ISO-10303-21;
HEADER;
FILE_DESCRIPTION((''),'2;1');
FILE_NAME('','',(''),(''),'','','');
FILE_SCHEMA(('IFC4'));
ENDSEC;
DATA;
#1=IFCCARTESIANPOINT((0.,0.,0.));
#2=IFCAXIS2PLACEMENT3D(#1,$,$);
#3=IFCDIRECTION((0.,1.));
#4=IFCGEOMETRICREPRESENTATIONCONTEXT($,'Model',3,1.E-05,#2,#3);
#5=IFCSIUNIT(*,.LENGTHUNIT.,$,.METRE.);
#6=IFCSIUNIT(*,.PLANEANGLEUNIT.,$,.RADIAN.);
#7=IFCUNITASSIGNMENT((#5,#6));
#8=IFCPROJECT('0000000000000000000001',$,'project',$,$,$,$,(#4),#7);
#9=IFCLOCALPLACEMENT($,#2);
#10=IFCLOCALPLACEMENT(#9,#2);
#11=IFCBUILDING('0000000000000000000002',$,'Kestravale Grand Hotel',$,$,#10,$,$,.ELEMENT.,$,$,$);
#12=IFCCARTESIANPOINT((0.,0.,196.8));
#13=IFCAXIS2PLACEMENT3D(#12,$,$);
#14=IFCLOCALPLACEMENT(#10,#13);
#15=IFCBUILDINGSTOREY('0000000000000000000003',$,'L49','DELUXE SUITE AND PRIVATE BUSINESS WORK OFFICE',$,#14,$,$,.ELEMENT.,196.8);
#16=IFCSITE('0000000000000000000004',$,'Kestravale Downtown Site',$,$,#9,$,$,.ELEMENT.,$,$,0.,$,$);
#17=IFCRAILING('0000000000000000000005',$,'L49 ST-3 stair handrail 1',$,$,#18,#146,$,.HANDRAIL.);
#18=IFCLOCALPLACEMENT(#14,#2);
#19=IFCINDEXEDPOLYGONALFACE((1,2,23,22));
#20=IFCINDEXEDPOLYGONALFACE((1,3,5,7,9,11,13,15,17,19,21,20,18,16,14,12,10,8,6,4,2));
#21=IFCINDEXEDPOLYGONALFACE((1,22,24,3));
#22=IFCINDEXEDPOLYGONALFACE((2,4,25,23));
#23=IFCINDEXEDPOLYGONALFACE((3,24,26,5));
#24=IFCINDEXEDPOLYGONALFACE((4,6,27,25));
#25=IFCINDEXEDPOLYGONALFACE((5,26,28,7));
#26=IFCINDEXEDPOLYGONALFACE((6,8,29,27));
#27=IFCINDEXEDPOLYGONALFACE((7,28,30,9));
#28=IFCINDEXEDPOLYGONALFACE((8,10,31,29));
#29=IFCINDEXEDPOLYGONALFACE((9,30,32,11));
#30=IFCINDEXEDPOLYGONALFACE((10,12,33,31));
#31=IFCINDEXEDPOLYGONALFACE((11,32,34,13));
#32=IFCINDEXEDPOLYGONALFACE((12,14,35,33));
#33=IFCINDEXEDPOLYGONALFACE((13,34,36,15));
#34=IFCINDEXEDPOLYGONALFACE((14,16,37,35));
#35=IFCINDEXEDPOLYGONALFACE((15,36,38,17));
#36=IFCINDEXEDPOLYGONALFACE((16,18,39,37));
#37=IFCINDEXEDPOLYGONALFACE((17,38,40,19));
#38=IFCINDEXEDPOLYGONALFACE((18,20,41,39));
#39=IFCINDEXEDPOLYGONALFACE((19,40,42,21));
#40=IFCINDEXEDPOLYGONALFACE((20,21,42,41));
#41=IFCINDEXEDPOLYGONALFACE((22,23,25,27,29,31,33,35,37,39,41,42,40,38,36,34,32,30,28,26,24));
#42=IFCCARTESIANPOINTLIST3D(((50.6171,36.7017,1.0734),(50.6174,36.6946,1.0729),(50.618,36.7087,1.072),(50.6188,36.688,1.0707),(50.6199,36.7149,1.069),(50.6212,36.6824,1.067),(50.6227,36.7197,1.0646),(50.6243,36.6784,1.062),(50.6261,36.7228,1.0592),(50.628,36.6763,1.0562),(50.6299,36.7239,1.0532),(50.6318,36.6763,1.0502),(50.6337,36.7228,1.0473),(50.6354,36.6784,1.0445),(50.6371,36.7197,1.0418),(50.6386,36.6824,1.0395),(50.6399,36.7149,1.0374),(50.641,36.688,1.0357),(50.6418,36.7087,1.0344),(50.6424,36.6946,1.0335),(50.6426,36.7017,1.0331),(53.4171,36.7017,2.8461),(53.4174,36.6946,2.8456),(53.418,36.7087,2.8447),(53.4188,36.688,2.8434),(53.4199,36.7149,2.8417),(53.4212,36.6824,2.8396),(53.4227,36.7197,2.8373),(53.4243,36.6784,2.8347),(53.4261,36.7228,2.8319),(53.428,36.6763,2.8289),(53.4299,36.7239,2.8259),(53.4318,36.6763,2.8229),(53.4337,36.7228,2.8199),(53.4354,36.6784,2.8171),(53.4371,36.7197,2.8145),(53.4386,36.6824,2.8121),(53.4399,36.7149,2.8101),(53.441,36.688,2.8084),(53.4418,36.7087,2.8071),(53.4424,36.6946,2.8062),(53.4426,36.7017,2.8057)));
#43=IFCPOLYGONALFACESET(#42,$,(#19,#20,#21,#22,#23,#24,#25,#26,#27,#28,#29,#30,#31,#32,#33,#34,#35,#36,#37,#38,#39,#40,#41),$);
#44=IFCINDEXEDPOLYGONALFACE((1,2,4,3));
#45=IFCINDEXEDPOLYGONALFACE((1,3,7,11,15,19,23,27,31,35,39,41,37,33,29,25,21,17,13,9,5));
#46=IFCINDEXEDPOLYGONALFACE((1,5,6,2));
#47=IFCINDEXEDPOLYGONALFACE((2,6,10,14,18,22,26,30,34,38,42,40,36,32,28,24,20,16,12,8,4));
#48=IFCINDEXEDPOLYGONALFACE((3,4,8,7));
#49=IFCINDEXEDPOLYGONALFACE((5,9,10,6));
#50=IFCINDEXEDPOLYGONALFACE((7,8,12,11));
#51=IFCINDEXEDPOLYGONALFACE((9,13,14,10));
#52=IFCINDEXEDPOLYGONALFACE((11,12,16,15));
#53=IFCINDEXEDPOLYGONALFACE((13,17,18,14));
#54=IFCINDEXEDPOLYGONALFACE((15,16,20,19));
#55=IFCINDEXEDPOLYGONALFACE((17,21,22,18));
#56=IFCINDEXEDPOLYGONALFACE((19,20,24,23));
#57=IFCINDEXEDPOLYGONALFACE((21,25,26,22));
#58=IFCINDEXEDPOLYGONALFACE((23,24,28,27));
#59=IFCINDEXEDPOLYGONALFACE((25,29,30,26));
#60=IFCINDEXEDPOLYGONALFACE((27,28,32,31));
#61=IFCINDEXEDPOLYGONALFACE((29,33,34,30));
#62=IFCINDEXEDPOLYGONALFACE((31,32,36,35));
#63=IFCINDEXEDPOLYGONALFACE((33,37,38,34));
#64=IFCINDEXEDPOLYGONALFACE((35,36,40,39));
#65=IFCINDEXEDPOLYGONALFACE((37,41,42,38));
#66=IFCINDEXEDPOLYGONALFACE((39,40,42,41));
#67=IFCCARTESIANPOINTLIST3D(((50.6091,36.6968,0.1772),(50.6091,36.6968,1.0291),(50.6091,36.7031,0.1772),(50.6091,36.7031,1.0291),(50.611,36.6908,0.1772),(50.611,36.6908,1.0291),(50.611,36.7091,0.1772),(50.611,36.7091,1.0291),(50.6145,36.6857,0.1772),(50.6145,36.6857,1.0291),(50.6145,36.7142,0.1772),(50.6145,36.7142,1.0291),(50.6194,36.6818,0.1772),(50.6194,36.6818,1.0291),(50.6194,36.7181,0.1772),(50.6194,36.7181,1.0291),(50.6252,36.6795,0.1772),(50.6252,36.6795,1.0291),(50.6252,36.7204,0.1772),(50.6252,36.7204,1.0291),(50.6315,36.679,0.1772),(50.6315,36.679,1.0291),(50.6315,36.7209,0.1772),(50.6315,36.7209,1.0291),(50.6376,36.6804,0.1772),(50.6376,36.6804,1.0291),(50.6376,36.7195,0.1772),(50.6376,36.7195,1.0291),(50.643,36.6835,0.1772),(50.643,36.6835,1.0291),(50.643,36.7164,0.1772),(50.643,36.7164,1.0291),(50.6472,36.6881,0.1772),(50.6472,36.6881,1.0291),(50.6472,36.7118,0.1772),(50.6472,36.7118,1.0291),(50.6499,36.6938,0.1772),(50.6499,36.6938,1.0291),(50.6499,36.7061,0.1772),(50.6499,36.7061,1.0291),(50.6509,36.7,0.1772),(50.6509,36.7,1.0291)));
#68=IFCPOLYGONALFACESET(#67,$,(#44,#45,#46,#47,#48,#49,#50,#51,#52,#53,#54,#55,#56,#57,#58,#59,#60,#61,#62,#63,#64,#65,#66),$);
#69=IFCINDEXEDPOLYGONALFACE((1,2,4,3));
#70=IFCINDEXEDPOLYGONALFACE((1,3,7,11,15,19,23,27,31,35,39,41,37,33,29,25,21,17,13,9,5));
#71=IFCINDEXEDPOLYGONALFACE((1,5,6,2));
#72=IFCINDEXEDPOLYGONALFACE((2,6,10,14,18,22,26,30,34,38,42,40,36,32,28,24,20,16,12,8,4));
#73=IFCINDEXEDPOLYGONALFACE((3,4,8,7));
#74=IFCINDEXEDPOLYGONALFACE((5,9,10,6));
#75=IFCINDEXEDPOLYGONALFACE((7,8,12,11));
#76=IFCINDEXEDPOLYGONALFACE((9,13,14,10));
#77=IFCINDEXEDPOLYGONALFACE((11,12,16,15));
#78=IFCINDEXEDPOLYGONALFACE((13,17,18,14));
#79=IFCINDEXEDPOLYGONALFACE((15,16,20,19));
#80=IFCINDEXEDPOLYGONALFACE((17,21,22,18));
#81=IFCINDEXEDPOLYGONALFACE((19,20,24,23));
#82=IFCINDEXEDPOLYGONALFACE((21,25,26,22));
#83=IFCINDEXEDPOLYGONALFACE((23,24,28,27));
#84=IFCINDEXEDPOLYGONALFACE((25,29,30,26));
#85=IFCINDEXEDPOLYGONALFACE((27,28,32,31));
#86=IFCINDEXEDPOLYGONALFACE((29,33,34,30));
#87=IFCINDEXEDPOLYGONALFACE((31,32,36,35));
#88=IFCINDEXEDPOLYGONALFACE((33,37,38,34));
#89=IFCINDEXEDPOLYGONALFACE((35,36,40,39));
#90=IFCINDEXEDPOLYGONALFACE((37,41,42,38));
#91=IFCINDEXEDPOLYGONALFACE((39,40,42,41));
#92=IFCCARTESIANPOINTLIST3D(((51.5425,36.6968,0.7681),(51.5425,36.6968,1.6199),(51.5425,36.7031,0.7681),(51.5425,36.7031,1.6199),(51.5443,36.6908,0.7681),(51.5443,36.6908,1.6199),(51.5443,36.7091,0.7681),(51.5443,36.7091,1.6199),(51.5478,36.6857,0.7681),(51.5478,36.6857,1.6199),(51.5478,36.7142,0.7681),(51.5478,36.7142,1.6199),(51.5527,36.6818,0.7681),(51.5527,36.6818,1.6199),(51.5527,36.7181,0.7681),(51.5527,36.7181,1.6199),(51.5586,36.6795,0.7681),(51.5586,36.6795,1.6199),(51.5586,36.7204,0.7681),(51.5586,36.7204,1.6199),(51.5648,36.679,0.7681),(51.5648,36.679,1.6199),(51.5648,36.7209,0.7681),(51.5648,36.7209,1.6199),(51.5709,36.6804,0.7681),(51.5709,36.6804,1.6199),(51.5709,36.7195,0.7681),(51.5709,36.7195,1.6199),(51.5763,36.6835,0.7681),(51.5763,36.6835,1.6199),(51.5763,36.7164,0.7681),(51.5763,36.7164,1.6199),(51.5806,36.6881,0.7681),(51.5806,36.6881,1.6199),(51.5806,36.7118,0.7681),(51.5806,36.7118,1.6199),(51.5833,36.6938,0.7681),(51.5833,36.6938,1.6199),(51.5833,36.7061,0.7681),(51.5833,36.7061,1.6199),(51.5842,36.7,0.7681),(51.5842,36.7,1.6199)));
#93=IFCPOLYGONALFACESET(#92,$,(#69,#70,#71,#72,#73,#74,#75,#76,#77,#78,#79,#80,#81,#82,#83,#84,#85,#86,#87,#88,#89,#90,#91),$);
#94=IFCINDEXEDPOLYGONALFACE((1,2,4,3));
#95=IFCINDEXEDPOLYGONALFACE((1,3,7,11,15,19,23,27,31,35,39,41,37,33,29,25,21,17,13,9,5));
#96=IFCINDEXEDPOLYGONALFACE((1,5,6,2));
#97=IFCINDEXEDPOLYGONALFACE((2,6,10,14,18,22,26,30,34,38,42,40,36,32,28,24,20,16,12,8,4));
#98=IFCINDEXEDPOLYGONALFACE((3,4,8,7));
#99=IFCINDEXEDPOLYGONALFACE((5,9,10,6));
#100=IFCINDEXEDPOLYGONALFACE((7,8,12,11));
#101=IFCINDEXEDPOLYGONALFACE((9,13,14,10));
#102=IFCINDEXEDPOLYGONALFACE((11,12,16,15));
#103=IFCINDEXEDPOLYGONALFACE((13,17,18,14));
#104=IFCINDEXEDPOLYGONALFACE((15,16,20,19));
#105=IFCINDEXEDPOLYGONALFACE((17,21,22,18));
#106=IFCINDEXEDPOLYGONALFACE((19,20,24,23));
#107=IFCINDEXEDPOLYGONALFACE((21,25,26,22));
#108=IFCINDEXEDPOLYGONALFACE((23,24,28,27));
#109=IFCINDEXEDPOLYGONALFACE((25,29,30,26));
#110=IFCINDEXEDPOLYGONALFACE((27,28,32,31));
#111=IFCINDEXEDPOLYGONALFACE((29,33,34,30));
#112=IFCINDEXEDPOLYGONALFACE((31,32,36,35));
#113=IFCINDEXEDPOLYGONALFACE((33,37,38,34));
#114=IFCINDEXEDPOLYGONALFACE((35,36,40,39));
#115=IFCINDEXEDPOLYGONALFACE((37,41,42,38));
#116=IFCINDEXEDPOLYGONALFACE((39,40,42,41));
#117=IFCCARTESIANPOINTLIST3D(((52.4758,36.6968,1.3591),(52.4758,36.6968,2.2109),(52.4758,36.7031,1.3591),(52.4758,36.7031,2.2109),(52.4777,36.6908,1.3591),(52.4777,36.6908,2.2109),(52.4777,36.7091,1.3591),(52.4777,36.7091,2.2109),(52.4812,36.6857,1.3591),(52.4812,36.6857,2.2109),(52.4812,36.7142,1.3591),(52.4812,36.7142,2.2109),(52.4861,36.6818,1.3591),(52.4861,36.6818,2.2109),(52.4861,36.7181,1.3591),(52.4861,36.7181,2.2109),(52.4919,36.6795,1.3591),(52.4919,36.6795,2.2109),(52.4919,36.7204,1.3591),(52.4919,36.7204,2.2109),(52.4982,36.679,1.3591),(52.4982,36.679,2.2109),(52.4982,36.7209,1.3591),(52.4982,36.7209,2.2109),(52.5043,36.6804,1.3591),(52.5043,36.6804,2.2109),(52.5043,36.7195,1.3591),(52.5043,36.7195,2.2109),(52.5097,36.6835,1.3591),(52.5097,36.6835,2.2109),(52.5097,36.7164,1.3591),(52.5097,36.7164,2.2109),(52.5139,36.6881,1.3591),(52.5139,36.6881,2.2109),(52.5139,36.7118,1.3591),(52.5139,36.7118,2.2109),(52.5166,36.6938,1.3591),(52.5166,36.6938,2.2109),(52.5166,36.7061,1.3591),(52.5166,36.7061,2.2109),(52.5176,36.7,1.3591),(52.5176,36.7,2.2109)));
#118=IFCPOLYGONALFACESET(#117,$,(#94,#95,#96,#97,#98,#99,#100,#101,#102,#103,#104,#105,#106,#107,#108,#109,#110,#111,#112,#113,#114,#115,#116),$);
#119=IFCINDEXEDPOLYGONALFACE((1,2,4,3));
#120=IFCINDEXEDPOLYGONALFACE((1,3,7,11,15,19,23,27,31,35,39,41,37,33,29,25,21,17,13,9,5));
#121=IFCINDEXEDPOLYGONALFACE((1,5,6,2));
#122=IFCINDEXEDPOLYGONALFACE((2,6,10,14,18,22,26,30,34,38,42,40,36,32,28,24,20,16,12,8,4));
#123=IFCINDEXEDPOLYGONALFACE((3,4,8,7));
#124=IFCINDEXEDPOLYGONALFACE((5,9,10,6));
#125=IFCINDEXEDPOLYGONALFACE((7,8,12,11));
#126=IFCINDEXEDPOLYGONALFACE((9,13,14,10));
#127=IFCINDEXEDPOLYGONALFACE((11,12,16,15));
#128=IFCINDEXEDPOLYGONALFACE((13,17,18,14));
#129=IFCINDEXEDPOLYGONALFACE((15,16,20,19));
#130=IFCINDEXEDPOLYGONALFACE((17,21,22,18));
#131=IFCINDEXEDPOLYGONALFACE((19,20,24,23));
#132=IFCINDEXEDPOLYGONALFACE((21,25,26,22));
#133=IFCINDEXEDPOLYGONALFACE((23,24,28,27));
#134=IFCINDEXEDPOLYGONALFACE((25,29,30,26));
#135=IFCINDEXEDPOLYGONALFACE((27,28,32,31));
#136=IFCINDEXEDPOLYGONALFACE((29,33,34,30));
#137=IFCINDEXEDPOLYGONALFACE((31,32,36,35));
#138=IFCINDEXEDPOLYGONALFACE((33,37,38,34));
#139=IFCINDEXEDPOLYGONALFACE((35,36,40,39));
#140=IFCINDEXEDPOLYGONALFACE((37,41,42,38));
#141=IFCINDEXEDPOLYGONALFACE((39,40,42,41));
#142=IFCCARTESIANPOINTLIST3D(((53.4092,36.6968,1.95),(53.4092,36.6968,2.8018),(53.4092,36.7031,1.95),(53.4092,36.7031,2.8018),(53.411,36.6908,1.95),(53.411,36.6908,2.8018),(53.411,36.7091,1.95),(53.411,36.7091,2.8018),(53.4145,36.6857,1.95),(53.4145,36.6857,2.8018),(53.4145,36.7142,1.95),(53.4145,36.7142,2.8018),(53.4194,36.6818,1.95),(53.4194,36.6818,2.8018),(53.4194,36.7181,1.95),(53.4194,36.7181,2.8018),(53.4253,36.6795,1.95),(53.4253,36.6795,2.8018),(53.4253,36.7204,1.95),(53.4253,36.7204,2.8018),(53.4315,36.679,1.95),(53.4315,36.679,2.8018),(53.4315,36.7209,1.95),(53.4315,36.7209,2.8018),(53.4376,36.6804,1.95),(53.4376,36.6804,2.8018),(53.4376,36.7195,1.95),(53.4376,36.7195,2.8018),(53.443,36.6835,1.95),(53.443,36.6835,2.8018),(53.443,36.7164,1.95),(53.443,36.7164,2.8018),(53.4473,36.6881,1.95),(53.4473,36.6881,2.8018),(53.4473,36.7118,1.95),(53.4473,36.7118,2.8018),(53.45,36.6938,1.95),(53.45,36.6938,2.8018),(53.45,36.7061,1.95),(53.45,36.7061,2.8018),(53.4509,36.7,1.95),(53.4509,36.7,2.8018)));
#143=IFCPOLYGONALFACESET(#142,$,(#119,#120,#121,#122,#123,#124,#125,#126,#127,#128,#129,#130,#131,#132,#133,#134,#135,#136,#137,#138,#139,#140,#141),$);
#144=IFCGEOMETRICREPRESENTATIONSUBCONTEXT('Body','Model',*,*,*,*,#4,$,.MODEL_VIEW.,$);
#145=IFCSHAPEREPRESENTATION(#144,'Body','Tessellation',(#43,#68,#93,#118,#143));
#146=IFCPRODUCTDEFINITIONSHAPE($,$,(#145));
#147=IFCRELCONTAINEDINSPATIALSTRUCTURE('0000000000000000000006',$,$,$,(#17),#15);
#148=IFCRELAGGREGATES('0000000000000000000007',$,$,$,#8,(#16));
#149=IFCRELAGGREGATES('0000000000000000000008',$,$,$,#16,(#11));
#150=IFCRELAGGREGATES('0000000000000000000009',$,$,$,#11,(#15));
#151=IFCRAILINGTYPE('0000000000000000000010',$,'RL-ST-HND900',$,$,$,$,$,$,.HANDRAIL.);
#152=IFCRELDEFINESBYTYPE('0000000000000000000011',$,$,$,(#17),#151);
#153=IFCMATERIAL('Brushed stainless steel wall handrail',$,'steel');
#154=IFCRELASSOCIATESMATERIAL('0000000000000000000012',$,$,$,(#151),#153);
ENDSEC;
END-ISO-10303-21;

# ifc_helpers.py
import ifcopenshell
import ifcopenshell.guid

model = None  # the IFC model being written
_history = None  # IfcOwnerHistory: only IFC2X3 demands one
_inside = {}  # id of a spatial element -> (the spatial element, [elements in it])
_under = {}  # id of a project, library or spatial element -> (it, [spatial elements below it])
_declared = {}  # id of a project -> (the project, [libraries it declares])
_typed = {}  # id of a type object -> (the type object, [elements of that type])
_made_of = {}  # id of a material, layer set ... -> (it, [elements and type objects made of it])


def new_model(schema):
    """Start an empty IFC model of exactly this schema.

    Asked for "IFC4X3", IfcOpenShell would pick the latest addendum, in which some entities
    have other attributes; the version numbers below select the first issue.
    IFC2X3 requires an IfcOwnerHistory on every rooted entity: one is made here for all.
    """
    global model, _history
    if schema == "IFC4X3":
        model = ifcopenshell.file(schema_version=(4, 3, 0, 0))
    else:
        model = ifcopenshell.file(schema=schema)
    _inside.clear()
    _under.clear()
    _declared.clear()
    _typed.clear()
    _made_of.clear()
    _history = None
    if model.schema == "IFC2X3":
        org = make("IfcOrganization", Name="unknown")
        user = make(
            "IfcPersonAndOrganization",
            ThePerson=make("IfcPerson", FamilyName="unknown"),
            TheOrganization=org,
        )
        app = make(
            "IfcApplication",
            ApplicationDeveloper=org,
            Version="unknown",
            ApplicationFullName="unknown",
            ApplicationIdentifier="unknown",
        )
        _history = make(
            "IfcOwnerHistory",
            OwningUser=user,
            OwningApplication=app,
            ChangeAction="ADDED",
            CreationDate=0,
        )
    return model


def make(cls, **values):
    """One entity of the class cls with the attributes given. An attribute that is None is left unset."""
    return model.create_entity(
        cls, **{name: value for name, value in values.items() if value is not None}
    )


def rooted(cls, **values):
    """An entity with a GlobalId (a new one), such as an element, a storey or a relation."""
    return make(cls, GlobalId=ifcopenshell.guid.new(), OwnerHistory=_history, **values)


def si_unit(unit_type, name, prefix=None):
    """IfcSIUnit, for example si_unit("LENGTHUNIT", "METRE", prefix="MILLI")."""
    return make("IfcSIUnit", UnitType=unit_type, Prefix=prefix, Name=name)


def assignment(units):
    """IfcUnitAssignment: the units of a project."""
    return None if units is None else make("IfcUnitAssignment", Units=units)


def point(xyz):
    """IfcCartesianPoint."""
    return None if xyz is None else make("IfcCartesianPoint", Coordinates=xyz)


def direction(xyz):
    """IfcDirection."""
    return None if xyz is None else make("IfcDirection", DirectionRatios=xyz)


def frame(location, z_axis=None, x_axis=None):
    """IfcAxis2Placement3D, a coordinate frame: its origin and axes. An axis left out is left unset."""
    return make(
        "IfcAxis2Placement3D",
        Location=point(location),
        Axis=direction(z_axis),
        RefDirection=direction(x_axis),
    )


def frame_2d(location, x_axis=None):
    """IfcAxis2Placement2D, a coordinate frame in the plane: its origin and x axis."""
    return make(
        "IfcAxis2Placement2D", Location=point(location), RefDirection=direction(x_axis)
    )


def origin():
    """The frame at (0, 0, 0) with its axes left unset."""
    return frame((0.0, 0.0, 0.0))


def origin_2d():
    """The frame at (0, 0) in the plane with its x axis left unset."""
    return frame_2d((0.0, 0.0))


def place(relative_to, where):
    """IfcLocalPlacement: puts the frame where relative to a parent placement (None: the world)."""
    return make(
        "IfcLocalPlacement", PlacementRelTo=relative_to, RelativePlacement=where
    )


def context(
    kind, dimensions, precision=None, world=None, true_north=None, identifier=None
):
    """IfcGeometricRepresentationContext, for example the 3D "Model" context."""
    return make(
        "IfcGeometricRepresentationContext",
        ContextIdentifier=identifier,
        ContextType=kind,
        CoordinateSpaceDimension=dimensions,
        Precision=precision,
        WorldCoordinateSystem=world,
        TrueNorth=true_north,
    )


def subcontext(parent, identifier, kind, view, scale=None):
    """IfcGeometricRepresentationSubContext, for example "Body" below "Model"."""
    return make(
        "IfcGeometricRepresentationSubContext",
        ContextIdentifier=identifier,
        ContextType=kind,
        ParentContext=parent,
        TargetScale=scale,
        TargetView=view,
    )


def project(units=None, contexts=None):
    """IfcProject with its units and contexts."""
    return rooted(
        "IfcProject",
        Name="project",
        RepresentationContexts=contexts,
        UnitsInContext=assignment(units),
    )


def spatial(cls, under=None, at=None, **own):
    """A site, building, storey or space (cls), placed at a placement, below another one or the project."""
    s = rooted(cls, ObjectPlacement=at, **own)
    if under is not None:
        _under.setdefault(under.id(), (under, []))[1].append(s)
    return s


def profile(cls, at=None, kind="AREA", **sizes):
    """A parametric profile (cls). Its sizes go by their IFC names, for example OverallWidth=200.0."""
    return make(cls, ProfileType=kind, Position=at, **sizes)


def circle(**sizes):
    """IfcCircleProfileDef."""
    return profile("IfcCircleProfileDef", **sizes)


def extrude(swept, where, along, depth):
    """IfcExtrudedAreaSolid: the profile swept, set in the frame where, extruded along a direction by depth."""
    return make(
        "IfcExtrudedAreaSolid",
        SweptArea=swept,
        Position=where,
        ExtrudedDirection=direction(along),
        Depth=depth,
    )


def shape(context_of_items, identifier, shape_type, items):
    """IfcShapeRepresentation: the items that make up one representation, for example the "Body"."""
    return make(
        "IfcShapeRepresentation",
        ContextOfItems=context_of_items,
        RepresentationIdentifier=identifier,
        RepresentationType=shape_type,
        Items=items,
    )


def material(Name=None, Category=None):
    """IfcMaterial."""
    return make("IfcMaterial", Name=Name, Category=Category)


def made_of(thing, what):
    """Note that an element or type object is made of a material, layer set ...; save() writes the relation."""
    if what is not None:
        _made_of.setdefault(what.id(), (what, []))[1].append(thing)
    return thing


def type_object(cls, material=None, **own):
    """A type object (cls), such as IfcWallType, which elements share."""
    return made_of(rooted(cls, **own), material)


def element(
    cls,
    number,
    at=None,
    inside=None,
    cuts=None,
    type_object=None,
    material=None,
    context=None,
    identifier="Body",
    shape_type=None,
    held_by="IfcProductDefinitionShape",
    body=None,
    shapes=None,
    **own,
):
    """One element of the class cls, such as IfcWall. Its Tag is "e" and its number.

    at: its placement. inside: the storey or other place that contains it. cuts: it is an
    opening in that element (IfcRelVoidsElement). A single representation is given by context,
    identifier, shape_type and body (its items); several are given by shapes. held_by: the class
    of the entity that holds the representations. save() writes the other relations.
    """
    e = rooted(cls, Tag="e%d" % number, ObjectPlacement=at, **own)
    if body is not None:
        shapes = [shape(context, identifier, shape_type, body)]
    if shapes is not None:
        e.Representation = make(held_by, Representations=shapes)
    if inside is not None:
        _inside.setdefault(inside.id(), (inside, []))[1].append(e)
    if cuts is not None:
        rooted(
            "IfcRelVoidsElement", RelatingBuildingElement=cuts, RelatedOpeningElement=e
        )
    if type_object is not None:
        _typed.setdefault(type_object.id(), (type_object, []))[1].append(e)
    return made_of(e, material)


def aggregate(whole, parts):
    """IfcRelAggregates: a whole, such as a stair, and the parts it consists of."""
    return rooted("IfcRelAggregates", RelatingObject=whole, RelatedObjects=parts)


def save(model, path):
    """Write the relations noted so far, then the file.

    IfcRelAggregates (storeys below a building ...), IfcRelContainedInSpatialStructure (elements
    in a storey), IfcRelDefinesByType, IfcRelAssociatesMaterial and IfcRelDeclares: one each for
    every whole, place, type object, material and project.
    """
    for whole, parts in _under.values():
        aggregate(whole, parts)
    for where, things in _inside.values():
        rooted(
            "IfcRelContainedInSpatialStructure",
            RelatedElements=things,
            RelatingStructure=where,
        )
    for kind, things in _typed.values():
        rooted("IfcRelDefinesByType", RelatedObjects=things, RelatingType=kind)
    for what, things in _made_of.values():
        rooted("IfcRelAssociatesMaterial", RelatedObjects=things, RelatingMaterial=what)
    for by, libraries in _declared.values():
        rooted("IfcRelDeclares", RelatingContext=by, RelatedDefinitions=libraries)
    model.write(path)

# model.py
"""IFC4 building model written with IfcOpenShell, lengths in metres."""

from ifc_helpers import new_model, si_unit, direction, frame, origin, origin_2d, place, context, subcontext, project, spatial, circle, extrude, material, type_object, element, save


model = new_model("IFC4")

# Units and contexts
model_context = context("Model", 3, precision=1e-05, world=origin(), true_north=direction((0.0, 1.0)))
body_context = subcontext(model_context, "Body", "Model", "MODEL_VIEW")
ifc_project = project(units=[si_unit("LENGTHUNIT", "METRE"), si_unit("PLANEANGLEUNIT", "RADIAN")], contexts=[model_context])

# Site, building, storey
site_placement = place(None, origin())
site = spatial("IfcSite", under=ifc_project, at=site_placement, Name="Kestravale Downtown Site", CompositionType="ELEMENT", RefElevation=0.0)
building_placement = place(site_placement, origin())
building = spatial("IfcBuilding", under=site, at=building_placement, Name="Kestravale Grand Hotel", CompositionType="ELEMENT")
storey_placement = place(building_placement, frame((0.0, 0.0, 196.8)))
storey = spatial("IfcBuildingStorey", under=building, at=storey_placement, Name="L49", Description="DELUXE SUITE AND PRIVATE BUSINESS WORK OFFICE", CompositionType="ELEMENT", Elevation=196.8)

# Railing
ifc_material_1 = material(Name="Brushed stainless steel wall handrail", Category="steel")
railing_type_1 = type_object("IfcRailingType", Name="RL-ST-HND900", PredefinedType="HANDRAIL", material=ifc_material_1)
railing_1_placement = place(storey_placement, frame((50.6299, 36.7, 0.1772)))
element("IfcRailing", 1, at=railing_1_placement, inside=storey, type_object=railing_type_1, Name="L49 ST-3 stair handrail 1", PredefinedType="HANDRAIL", context=body_context, shape_type="SweptSolid", body=[
    extrude(circle(Radius=0.0239, at=origin_2d()), frame((0.0, 0.0, 0.876), z_axis=(0.844909, 0.0, 0.53491), x_axis=(0.0, 1.0, 0.0)), (0.0, 0.0, 1.0), 3.314),
    extrude(circle(Radius=0.021, at=origin_2d()), origin(), (0.0, 0.0, 1.0), 0.8518),
    extrude(circle(Radius=0.021, at=origin_2d()), frame((0.9333, 0.0, 0.5908)), (0.0, 0.0, 1.0), 0.8518),
    extrude(circle(Radius=0.021, at=origin_2d()), frame((1.8667, 0.0, 1.1819)), (0.0, 0.0, 1.0), 0.8518),
    extrude(circle(Radius=0.021, at=origin_2d()), frame((2.8, 0.0, 1.7727)), (0.0, 0.0, 1.0), 0.8518),
])

save(model, "model.ifc")
